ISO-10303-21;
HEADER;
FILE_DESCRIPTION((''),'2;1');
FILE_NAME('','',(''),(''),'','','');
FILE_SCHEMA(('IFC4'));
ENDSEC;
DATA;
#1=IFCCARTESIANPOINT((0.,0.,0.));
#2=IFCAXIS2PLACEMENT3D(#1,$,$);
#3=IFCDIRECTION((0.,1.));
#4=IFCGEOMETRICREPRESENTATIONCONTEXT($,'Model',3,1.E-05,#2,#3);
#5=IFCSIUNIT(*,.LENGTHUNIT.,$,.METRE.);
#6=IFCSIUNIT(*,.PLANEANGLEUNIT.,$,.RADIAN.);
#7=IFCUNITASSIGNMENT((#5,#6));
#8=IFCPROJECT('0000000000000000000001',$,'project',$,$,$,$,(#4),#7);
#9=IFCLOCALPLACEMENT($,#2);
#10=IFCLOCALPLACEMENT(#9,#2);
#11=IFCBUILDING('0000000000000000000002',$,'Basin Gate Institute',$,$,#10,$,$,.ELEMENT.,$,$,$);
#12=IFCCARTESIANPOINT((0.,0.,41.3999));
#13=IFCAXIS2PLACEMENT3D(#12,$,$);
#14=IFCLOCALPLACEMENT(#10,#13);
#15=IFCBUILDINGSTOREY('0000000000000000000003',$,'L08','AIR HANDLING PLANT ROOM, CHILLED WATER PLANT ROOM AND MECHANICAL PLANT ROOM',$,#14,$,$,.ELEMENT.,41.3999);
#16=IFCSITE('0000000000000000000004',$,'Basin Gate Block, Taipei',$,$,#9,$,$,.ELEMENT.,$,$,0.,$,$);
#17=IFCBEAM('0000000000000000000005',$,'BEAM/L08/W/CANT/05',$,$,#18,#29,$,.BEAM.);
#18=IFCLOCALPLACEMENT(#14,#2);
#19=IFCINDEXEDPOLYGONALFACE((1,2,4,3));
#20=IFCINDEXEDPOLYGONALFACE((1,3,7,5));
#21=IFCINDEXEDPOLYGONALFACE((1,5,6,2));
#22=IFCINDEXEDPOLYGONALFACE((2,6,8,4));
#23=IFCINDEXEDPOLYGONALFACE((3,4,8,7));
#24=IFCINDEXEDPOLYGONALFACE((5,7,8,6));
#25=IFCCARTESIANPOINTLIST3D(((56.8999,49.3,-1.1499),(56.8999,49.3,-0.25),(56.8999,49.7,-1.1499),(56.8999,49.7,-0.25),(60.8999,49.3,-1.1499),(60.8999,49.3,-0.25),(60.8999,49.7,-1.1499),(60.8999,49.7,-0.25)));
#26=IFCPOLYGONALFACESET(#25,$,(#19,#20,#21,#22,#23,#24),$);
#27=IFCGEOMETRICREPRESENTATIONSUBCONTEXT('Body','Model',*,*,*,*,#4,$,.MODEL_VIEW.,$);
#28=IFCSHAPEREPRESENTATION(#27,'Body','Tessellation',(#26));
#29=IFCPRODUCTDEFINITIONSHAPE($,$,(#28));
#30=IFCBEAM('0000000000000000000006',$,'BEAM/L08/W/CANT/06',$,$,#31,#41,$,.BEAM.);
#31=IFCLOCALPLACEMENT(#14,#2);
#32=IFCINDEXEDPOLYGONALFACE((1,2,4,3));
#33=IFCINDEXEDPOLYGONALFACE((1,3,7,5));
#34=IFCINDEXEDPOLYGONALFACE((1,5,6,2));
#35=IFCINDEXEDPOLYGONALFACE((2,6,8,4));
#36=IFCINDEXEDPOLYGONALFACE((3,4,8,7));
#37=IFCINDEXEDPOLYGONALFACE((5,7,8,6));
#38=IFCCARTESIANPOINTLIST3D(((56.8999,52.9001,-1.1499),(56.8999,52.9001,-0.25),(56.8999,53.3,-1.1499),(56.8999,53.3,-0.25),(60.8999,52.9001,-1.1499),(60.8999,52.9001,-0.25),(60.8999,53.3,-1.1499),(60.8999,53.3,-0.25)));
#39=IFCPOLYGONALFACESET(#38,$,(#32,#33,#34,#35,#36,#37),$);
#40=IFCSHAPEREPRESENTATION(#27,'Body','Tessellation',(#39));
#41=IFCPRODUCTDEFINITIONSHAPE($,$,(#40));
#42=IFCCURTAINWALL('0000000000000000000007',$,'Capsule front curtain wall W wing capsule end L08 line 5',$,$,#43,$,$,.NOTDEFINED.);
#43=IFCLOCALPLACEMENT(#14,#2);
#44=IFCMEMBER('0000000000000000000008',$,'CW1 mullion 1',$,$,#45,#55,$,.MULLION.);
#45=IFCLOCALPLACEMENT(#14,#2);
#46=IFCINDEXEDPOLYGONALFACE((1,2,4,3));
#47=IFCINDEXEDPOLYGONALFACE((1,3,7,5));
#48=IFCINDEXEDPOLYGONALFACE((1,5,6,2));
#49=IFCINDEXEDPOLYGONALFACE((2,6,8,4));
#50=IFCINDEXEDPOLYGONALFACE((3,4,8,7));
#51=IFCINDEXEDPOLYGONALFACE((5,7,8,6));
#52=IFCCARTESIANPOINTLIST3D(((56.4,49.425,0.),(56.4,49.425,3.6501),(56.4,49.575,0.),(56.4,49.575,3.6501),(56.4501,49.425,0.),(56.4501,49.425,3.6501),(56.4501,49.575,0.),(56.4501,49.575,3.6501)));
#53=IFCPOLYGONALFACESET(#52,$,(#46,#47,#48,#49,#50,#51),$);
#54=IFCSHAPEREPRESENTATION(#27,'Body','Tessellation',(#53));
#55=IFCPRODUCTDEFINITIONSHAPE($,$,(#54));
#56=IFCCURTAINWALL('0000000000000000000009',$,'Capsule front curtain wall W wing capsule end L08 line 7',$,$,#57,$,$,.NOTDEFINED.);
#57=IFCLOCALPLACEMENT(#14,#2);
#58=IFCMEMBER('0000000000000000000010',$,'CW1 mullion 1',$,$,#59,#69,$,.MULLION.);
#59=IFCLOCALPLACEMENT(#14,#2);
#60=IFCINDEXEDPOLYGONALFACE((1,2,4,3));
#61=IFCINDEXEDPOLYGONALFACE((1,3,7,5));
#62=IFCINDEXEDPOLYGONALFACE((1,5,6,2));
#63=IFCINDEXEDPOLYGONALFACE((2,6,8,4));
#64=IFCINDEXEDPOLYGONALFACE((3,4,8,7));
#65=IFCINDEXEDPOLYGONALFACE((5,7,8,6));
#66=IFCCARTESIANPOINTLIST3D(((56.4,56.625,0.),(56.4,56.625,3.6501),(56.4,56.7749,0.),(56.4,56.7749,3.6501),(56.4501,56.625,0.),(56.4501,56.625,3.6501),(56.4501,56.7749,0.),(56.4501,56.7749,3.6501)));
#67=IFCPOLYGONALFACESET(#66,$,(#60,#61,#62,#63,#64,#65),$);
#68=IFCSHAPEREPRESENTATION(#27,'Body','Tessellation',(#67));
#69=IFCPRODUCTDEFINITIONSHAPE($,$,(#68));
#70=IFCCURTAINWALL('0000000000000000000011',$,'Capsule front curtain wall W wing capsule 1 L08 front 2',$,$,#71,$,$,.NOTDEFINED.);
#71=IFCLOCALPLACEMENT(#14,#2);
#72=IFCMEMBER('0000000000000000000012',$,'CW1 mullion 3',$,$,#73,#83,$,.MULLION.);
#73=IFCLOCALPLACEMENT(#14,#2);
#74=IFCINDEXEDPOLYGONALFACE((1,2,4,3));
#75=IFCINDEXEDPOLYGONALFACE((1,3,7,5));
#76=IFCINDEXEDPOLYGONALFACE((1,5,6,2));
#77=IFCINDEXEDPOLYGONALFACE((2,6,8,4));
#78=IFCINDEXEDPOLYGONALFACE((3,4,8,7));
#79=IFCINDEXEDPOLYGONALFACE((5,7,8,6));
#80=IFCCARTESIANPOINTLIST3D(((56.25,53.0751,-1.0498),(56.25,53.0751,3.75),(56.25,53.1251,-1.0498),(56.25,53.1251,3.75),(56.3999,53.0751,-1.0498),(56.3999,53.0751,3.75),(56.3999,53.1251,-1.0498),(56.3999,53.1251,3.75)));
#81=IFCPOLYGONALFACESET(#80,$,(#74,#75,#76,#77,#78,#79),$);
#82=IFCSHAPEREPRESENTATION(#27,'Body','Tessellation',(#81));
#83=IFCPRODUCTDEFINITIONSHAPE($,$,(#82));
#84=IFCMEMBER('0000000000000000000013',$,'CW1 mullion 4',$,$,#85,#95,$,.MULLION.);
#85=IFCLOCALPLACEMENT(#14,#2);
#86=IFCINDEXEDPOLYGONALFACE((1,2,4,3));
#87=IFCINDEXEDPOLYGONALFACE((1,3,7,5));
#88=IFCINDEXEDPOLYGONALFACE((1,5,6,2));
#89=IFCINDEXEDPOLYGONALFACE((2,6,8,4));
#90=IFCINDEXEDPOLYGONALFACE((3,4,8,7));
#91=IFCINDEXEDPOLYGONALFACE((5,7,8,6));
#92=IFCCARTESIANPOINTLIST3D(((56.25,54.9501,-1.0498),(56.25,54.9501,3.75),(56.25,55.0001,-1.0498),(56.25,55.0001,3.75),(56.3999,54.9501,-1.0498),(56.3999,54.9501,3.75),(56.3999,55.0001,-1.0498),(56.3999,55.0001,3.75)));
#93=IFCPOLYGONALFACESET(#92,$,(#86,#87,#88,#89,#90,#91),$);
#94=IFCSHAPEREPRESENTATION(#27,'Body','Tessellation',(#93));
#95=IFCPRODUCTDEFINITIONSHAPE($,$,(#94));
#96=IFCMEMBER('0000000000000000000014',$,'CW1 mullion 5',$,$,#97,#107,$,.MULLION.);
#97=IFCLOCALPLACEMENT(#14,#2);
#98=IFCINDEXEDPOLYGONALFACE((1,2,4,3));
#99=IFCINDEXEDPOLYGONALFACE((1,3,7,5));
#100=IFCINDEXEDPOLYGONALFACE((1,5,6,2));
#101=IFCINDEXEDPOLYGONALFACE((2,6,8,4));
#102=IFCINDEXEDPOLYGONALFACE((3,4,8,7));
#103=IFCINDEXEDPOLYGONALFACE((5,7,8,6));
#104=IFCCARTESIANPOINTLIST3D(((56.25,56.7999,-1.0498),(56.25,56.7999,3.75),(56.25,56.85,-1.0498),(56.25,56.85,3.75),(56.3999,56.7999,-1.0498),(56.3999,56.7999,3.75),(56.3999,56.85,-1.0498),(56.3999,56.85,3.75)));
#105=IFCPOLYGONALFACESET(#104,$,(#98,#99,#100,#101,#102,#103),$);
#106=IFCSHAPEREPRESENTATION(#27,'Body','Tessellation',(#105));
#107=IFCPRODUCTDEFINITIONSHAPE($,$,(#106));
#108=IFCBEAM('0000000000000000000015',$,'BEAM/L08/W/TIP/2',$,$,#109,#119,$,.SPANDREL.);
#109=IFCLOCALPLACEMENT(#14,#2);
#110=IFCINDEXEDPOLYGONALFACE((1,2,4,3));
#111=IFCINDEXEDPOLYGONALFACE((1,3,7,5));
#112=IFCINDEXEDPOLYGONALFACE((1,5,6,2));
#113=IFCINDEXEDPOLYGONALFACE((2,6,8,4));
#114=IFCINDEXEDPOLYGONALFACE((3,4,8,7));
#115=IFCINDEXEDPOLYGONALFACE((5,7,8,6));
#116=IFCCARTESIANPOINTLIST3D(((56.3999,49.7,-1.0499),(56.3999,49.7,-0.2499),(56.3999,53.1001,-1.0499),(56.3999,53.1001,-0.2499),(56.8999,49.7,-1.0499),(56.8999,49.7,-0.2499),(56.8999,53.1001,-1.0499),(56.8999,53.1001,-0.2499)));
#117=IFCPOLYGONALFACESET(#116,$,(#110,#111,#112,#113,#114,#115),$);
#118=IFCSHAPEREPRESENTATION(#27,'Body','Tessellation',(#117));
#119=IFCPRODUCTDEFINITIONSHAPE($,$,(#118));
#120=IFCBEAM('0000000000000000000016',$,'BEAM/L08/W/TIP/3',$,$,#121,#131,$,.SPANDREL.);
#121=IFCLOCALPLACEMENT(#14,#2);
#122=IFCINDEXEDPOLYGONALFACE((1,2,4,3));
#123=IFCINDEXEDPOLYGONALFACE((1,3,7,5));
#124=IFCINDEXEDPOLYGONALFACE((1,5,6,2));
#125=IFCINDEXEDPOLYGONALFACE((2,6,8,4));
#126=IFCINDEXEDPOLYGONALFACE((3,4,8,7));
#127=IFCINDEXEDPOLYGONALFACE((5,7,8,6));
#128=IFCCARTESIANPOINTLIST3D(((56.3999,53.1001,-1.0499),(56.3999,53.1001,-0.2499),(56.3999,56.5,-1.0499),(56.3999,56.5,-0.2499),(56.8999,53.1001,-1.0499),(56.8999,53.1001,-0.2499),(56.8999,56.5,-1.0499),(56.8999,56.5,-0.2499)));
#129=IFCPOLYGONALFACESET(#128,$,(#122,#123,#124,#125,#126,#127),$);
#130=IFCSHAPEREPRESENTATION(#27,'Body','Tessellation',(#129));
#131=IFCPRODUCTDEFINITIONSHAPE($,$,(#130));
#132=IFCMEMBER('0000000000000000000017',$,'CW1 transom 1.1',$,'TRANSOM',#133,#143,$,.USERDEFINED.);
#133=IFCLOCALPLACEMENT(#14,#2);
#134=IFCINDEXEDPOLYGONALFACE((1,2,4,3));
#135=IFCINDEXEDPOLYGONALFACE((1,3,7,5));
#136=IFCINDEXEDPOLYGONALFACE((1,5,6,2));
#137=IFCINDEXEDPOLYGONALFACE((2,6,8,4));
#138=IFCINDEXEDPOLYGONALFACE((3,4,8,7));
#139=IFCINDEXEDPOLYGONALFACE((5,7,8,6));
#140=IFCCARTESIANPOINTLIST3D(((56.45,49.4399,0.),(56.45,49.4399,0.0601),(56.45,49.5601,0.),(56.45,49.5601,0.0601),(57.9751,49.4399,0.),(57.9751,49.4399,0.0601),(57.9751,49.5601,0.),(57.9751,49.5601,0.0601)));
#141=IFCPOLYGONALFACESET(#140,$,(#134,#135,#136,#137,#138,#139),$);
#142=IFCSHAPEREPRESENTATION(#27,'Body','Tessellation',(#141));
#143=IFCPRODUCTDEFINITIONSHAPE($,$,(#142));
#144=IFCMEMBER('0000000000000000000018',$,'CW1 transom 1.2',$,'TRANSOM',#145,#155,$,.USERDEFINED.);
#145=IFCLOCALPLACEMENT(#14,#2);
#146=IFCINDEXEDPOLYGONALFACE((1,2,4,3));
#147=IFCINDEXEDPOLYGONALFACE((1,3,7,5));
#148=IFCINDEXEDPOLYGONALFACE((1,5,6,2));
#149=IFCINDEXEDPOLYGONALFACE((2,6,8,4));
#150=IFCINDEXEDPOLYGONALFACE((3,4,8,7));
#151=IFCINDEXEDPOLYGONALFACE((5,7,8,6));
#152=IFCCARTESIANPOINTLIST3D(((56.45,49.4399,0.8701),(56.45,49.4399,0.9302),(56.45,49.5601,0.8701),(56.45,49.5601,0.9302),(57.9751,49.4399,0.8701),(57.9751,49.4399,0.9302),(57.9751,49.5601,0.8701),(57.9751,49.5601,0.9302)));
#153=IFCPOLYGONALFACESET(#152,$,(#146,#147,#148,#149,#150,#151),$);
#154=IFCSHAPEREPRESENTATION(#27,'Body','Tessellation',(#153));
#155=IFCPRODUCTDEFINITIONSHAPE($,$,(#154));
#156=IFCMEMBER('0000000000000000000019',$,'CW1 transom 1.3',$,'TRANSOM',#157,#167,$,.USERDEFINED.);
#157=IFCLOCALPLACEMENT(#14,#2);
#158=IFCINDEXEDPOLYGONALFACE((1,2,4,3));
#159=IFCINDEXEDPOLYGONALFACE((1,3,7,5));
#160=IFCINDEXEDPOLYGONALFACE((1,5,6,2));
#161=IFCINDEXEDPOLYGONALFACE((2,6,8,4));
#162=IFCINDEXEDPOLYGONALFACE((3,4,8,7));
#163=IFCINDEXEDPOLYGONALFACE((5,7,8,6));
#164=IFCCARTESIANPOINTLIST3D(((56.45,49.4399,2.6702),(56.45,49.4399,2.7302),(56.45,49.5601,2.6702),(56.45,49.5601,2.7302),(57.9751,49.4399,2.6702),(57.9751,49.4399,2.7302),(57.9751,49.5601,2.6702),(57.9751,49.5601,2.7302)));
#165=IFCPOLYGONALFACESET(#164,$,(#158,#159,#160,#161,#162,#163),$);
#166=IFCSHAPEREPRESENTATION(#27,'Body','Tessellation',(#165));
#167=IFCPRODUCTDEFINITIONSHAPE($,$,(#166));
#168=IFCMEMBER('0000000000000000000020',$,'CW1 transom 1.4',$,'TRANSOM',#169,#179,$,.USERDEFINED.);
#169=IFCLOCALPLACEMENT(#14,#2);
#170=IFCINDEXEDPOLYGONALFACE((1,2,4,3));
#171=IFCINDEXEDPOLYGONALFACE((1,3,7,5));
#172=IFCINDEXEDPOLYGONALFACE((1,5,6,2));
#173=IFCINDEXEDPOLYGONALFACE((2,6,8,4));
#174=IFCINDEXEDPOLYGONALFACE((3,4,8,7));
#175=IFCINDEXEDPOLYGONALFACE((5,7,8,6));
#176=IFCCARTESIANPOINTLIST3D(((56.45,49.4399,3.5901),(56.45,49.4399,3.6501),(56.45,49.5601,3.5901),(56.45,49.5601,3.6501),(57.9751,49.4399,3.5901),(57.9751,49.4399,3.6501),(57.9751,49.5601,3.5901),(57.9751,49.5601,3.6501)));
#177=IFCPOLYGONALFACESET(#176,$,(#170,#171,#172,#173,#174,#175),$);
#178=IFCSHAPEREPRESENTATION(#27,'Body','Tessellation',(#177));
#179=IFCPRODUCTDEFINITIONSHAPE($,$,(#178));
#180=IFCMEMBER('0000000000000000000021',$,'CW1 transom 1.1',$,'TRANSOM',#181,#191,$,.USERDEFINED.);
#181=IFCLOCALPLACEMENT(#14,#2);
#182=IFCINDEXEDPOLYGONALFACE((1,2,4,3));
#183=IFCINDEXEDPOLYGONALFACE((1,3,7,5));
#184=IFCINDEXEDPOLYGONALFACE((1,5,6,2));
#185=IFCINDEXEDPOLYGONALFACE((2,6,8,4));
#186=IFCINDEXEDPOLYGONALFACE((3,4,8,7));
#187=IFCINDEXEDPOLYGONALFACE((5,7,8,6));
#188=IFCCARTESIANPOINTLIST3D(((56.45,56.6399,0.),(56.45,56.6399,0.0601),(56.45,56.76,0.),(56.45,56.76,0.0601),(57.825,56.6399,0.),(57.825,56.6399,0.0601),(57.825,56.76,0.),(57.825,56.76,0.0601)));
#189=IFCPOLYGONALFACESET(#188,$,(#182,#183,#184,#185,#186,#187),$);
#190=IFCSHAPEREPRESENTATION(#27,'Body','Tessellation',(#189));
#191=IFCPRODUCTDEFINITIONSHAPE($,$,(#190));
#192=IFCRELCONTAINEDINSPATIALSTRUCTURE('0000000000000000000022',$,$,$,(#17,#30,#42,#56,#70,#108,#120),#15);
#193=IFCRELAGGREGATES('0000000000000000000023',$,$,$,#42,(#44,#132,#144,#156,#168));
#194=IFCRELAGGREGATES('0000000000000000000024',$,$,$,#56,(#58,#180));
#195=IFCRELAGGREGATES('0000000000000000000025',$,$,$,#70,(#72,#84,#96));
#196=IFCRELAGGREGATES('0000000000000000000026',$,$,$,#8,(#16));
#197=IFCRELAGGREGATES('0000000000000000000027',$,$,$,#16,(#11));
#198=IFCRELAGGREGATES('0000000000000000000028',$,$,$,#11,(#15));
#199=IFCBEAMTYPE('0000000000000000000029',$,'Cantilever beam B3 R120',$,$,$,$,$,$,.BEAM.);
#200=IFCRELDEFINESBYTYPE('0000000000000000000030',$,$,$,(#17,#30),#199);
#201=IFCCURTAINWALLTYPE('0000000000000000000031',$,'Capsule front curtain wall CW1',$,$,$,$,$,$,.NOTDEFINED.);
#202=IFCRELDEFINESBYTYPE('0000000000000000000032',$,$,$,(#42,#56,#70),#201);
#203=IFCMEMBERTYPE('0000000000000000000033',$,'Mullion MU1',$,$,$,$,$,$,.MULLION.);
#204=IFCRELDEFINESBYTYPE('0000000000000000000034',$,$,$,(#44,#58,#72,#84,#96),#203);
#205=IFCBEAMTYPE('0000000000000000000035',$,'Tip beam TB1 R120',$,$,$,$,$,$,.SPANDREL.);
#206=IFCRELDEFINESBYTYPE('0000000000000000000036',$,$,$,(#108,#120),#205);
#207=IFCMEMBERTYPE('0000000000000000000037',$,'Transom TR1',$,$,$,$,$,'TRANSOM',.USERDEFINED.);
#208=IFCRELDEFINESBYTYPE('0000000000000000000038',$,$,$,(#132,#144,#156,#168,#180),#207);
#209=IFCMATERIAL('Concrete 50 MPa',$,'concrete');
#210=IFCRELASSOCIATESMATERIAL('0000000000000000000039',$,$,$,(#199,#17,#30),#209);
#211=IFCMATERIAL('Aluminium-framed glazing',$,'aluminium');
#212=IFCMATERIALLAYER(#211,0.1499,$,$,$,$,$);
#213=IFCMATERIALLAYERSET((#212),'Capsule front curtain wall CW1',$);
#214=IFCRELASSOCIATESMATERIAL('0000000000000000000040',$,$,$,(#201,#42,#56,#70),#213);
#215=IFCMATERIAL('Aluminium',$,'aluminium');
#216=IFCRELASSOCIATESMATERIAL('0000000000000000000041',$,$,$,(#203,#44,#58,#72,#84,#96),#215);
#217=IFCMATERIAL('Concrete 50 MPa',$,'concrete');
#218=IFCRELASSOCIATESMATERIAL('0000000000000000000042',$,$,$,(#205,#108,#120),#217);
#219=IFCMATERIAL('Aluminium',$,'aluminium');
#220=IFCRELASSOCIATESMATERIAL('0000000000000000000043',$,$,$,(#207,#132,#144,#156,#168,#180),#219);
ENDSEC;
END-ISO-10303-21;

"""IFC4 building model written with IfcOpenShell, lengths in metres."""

from ifc_helpers import new_model, si_unit, direction, frame, origin, origin_2d, place, context, subcontext, project, spatial, rectangle, extrude, material, layer, layer_set, material_profile, profile_set, type_object, element, aggregate, save


model = new_model("IFC4")

# Units and contexts
model_context = context("Model", 3, precision=1e-05, world=origin(), true_north=direction((0.0, 1.0)))
body_context = subcontext(model_context, "Body", "Model", "MODEL_VIEW")
ifc_project = project(units=[si_unit("LENGTHUNIT", "METRE"), si_unit("PLANEANGLEUNIT", "RADIAN")], contexts=[model_context])

# Site, building, storey
site_placement = place(None, origin())
site = spatial("IfcSite", under=ifc_project, at=site_placement, Name="Basin Gate Block, Taipei", CompositionType="ELEMENT", RefElevation=0.0)
building_placement = place(site_placement, origin())
building = spatial("IfcBuilding", under=site, at=building_placement, Name="Basin Gate Institute", CompositionType="ELEMENT")
storey_placement = place(building_placement, frame((0.0, 0.0, 41.3999)))
storey = spatial("IfcBuildingStorey", under=building, at=storey_placement, Name="L08", Description="AIR HANDLING PLANT ROOM, CHILLED WATER PLANT ROOM AND MECHANICAL PLANT ROOM", CompositionType="ELEMENT", Elevation=41.3999)

# Beams
ifc_material_1 = material(Name="Concrete 50 MPa", Category="concrete")
ifc_material_profile_1 = material_profile(ifc_material_1, rectangle(XDim=0.3999, YDim=0.8999, at=origin_2d()), Name="Cantilever beam B3 400 x 900")
ifc_profile_set_1 = profile_set([ifc_material_profile_1], Name="Concrete 50 MPa")
beam_type_1 = type_object("IfcBeamType", Name="Cantilever beam B3 R120", PredefinedType="BEAM", material=ifc_profile_set_1)
for number, where, z_axis, x_axis, name in (
    (1, (56.8999, 49.5, -0.7), (1.0, 0.0, 0.0), (0.0, 1.0, 0.0), "BEAM/L08/W/CANT/05"),
    (2, (56.8999, 53.1001, -0.7), (1.0, 0.0, 0.0), (0.0, 1.0, 0.0), "BEAM/L08/W/CANT/06"),
):
    element("IfcBeam", number, at=place(storey_placement, frame(where, z_axis=z_axis, x_axis=x_axis)), inside=storey, type_object=beam_type_1, material=ifc_profile_set_1, Name=name, PredefinedType="BEAM", context=body_context, shape_type="SweptSolid", body=[
        extrude(rectangle(XDim=0.3999, YDim=0.8999, at=origin_2d()), origin(), (0.0, 0.0, 1.0), 4.0),
    ])

# Curtain walls, members
ifc_material_2 = material(Name="Aluminium-framed glazing", Category="aluminium")
ifc_layer_1 = layer(ifc_material_2, 0.1499)
ifc_layer_set_1 = layer_set([ifc_layer_1], Name="Capsule front curtain wall CW1")
curtain_wall_type = type_object("IfcCurtainWallType", Name="Capsule front curtain wall CW1", PredefinedType="NOTDEFINED", material=ifc_layer_set_1)
curtain_wall_1_placement = place(storey_placement, origin())
curtain_wall_1 = element("IfcCurtainWall", 3, at=curtain_wall_1_placement, inside=storey, type_object=curtain_wall_type, material=ifc_layer_set_1, Name="Capsule front curtain wall W wing capsule end L08 line 5", PredefinedType="NOTDEFINED")
ifc_material_3 = material(Name="Aluminium", Category="aluminium")
ifc_material_profile_2 = material_profile(ifc_material_3, rectangle(XDim=0.1499, YDim=0.05, at=origin_2d()), Name="Mullion MU1 150 x 50")
ifc_profile_set_2 = profile_set([ifc_material_profile_2], Name="Aluminium")
member_type_1 = type_object("IfcMemberType", Name="Mullion MU1", PredefinedType="MULLION", material=ifc_profile_set_2)
member_1_placement = place(storey_placement, frame((56.425, 49.5, 0.0), z_axis=(0.0, 0.0, 1.0), x_axis=(0.0, 1.0, 0.0)))
member_1 = element("IfcMember", 4, at=member_1_placement, type_object=member_type_1, material=ifc_profile_set_2, Name="CW1 mullion 1", PredefinedType="MULLION", context=body_context, shape_type="SweptSolid", body=[
    extrude(rectangle(XDim=0.1499, YDim=0.05, at=origin_2d()), origin(), (0.0, 0.0, 1.0), 3.6501),
])
curtain_wall_2_placement = place(storey_placement, origin())
curtain_wall_2 = element("IfcCurtainWall", 5, at=curtain_wall_2_placement, inside=storey, type_object=curtain_wall_type, material=ifc_layer_set_1, Name="Capsule front curtain wall W wing capsule end L08 line 7", PredefinedType="NOTDEFINED")
member_2_placement = place(storey_placement, frame((56.425, 56.7, 0.0), z_axis=(0.0, 0.0, 1.0), x_axis=(0.0, 1.0, 0.0)))
member_2 = element("IfcMember", 6, at=member_2_placement, type_object=member_type_1, material=ifc_profile_set_2, Name="CW1 mullion 1", PredefinedType="MULLION", context=body_context, shape_type="SweptSolid", body=[
    extrude(rectangle(XDim=0.1499, YDim=0.05, at=origin_2d()), origin(), (0.0, 0.0, 1.0), 3.6501),
])

# Curtain wall, members
curtain_wall_3_placement = place(storey_placement, origin())
curtain_wall_3 = element("IfcCurtainWall", 7, at=curtain_wall_3_placement, inside=storey, type_object=curtain_wall_type, material=ifc_layer_set_1, Name="Capsule front curtain wall W wing capsule 1 L08 front 2", PredefinedType="NOTDEFINED")
member_3_placement = place(storey_placement, frame((56.325, 53.1001, -1.0498), z_axis=(0.0, 0.0, 1.0), x_axis=(-1.0, 0.0, 0.0)))
member_3 = element("IfcMember", 8, at=member_3_placement, type_object=member_type_1, material=ifc_profile_set_2, Name="CW1 mullion 3", PredefinedType="MULLION", context=body_context, shape_type="SweptSolid", body=[
    extrude(rectangle(XDim=0.1499, YDim=0.05, at=origin_2d()), origin(), (0.0, 0.0, 1.0), 4.7998),
])
member_4_placement = place(storey_placement, frame((56.325, 54.9751, -1.0498), z_axis=(0.0, 0.0, 1.0), x_axis=(-1.0, 0.0, 0.0)))
member_4 = element("IfcMember", 9, at=member_4_placement, type_object=member_type_1, material=ifc_profile_set_2, Name="CW1 mullion 4", PredefinedType="MULLION", context=body_context, shape_type="SweptSolid", body=[
    extrude(rectangle(XDim=0.1499, YDim=0.05, at=origin_2d()), origin(), (0.0, 0.0, 1.0), 4.7998),
])
member_5_placement = place(storey_placement, frame((56.325, 56.825, -1.0498), z_axis=(0.0, 0.0, 1.0), x_axis=(-1.0, 0.0, 0.0)))
member_5 = element("IfcMember", 10, at=member_5_placement, type_object=member_type_1, material=ifc_profile_set_2, Name="CW1 mullion 5", PredefinedType="MULLION", context=body_context, shape_type="SweptSolid", body=[
    extrude(rectangle(XDim=0.1499, YDim=0.05, at=origin_2d()), origin(), (0.0, 0.0, 1.0), 4.7998),
])

# Beams
ifc_material_4 = material(Name="Concrete 50 MPa", Category="concrete")
ifc_material_profile_3 = material_profile(ifc_material_4, rectangle(XDim=0.5, YDim=0.8, at=origin_2d()), Name="Tip beam TB1 500 x 800")
ifc_profile_set_3 = profile_set([ifc_material_profile_3], Name="Concrete 50 MPa")
beam_type_2 = type_object("IfcBeamType", Name="Tip beam TB1 R120", PredefinedType="SPANDREL", material=ifc_profile_set_3)
beam_1_placement = place(storey_placement, frame((56.6499, 49.7, -0.6499), z_axis=(0.0, 1.0, 0.0), x_axis=(-1.0, 0.0, 0.0)))
element("IfcBeam", 11, at=beam_1_placement, inside=storey, type_object=beam_type_2, material=ifc_profile_set_3, Name="BEAM/L08/W/TIP/2", PredefinedType="SPANDREL", context=body_context, shape_type="SweptSolid", body=[
    extrude(rectangle(XDim=0.5, YDim=0.8, at=origin_2d()), origin(), (0.0, 0.0, 1.0), 3.4001),
])
beam_2_placement = place(storey_placement, frame((56.6499, 53.1001, -0.6499), z_axis=(0.0, 1.0, 0.0), x_axis=(-1.0, 0.0, 0.0)))
element("IfcBeam", 12, at=beam_2_placement, inside=storey, type_object=beam_type_2, material=ifc_profile_set_3, Name="BEAM/L08/W/TIP/3", PredefinedType="SPANDREL", context=body_context, shape_type="SweptSolid", body=[
    extrude(rectangle(XDim=0.5, YDim=0.8, at=origin_2d()), origin(), (0.0, 0.0, 1.0), 3.3999),
])

# Members
ifc_material_5 = material(Name="Aluminium", Category="aluminium")
ifc_material_profile_4 = material_profile(ifc_material_5, rectangle(XDim=0.1201, YDim=0.0601, at=origin_2d()), Name="Transom TR1 120 x 60")
ifc_profile_set_4 = profile_set([ifc_material_profile_4], Name="Aluminium")
member_type_2 = type_object("IfcMemberType", Name="Transom TR1", ElementType="TRANSOM", PredefinedType="USERDEFINED", material=ifc_profile_set_4)
member_6_placement = place(storey_placement, frame((56.45, 49.5, 0.03), z_axis=(1.0, 0.0, 0.0), x_axis=(0.0, 1.0, 0.0)))
member_6 = element("IfcMember", 13, at=member_6_placement, type_object=member_type_2, material=ifc_profile_set_4, Name="CW1 transom 1.1", ObjectType="TRANSOM", PredefinedType="USERDEFINED", context=body_context, shape_type="SweptSolid", body=[
    extrude(rectangle(XDim=0.1201, YDim=0.0601, at=origin_2d()), origin(), (0.0, 0.0, 1.0), 1.5251),
])
member_7_placement = place(storey_placement, frame((56.45, 49.5, 0.9001), z_axis=(1.0, 0.0, 0.0), x_axis=(0.0, 1.0, 0.0)))
member_7 = element("IfcMember", 14, at=member_7_placement, type_object=member_type_2, material=ifc_profile_set_4, Name="CW1 transom 1.2", ObjectType="TRANSOM", PredefinedType="USERDEFINED", context=body_context, shape_type="SweptSolid", body=[
    extrude(rectangle(XDim=0.1201, YDim=0.0601, at=origin_2d()), origin(), (0.0, 0.0, 1.0), 1.5251),
])
member_8_placement = place(storey_placement, frame((56.45, 49.5, 2.7002), z_axis=(1.0, 0.0, 0.0), x_axis=(0.0, 1.0, 0.0)))
member_8 = element("IfcMember", 15, at=member_8_placement, type_object=member_type_2, material=ifc_profile_set_4, Name="CW1 transom 1.3", ObjectType="TRANSOM", PredefinedType="USERDEFINED", context=body_context, shape_type="SweptSolid", body=[
    extrude(rectangle(XDim=0.1201, YDim=0.0601, at=origin_2d()), origin(), (0.0, 0.0, 1.0), 1.5251),
])
member_9_placement = place(storey_placement, frame((56.45, 49.5, 3.6201), z_axis=(1.0, 0.0, 0.0), x_axis=(0.0, 1.0, 0.0)))
member_9 = element("IfcMember", 16, at=member_9_placement, type_object=member_type_2, material=ifc_profile_set_4, Name="CW1 transom 1.4", ObjectType="TRANSOM", PredefinedType="USERDEFINED", context=body_context, shape_type="SweptSolid", body=[
    extrude(rectangle(XDim=0.1201, YDim=0.0601, at=origin_2d()), origin(), (0.0, 0.0, 1.0), 1.5251),
])
aggregate(curtain_wall_1, [member_1, member_6, member_7, member_8, member_9])
member_10_placement = place(storey_placement, frame((56.45, 56.7, 0.03), z_axis=(1.0, 0.0, 0.0), x_axis=(0.0, 1.0, 0.0)))
member_10 = element("IfcMember", 17, at=member_10_placement, type_object=member_type_2, material=ifc_profile_set_4, Name="CW1 transom 1.1", ObjectType="TRANSOM", PredefinedType="USERDEFINED", context=body_context, shape_type="SweptSolid", body=[
    extrude(rectangle(XDim=0.1201, YDim=0.0601, at=origin_2d()), origin(), (0.0, 0.0, 1.0), 1.375),
])
aggregate(curtain_wall_2, [member_2, member_10])

aggregate(curtain_wall_3, [member_3, member_4, member_5])

save(model, "model.ifc")
